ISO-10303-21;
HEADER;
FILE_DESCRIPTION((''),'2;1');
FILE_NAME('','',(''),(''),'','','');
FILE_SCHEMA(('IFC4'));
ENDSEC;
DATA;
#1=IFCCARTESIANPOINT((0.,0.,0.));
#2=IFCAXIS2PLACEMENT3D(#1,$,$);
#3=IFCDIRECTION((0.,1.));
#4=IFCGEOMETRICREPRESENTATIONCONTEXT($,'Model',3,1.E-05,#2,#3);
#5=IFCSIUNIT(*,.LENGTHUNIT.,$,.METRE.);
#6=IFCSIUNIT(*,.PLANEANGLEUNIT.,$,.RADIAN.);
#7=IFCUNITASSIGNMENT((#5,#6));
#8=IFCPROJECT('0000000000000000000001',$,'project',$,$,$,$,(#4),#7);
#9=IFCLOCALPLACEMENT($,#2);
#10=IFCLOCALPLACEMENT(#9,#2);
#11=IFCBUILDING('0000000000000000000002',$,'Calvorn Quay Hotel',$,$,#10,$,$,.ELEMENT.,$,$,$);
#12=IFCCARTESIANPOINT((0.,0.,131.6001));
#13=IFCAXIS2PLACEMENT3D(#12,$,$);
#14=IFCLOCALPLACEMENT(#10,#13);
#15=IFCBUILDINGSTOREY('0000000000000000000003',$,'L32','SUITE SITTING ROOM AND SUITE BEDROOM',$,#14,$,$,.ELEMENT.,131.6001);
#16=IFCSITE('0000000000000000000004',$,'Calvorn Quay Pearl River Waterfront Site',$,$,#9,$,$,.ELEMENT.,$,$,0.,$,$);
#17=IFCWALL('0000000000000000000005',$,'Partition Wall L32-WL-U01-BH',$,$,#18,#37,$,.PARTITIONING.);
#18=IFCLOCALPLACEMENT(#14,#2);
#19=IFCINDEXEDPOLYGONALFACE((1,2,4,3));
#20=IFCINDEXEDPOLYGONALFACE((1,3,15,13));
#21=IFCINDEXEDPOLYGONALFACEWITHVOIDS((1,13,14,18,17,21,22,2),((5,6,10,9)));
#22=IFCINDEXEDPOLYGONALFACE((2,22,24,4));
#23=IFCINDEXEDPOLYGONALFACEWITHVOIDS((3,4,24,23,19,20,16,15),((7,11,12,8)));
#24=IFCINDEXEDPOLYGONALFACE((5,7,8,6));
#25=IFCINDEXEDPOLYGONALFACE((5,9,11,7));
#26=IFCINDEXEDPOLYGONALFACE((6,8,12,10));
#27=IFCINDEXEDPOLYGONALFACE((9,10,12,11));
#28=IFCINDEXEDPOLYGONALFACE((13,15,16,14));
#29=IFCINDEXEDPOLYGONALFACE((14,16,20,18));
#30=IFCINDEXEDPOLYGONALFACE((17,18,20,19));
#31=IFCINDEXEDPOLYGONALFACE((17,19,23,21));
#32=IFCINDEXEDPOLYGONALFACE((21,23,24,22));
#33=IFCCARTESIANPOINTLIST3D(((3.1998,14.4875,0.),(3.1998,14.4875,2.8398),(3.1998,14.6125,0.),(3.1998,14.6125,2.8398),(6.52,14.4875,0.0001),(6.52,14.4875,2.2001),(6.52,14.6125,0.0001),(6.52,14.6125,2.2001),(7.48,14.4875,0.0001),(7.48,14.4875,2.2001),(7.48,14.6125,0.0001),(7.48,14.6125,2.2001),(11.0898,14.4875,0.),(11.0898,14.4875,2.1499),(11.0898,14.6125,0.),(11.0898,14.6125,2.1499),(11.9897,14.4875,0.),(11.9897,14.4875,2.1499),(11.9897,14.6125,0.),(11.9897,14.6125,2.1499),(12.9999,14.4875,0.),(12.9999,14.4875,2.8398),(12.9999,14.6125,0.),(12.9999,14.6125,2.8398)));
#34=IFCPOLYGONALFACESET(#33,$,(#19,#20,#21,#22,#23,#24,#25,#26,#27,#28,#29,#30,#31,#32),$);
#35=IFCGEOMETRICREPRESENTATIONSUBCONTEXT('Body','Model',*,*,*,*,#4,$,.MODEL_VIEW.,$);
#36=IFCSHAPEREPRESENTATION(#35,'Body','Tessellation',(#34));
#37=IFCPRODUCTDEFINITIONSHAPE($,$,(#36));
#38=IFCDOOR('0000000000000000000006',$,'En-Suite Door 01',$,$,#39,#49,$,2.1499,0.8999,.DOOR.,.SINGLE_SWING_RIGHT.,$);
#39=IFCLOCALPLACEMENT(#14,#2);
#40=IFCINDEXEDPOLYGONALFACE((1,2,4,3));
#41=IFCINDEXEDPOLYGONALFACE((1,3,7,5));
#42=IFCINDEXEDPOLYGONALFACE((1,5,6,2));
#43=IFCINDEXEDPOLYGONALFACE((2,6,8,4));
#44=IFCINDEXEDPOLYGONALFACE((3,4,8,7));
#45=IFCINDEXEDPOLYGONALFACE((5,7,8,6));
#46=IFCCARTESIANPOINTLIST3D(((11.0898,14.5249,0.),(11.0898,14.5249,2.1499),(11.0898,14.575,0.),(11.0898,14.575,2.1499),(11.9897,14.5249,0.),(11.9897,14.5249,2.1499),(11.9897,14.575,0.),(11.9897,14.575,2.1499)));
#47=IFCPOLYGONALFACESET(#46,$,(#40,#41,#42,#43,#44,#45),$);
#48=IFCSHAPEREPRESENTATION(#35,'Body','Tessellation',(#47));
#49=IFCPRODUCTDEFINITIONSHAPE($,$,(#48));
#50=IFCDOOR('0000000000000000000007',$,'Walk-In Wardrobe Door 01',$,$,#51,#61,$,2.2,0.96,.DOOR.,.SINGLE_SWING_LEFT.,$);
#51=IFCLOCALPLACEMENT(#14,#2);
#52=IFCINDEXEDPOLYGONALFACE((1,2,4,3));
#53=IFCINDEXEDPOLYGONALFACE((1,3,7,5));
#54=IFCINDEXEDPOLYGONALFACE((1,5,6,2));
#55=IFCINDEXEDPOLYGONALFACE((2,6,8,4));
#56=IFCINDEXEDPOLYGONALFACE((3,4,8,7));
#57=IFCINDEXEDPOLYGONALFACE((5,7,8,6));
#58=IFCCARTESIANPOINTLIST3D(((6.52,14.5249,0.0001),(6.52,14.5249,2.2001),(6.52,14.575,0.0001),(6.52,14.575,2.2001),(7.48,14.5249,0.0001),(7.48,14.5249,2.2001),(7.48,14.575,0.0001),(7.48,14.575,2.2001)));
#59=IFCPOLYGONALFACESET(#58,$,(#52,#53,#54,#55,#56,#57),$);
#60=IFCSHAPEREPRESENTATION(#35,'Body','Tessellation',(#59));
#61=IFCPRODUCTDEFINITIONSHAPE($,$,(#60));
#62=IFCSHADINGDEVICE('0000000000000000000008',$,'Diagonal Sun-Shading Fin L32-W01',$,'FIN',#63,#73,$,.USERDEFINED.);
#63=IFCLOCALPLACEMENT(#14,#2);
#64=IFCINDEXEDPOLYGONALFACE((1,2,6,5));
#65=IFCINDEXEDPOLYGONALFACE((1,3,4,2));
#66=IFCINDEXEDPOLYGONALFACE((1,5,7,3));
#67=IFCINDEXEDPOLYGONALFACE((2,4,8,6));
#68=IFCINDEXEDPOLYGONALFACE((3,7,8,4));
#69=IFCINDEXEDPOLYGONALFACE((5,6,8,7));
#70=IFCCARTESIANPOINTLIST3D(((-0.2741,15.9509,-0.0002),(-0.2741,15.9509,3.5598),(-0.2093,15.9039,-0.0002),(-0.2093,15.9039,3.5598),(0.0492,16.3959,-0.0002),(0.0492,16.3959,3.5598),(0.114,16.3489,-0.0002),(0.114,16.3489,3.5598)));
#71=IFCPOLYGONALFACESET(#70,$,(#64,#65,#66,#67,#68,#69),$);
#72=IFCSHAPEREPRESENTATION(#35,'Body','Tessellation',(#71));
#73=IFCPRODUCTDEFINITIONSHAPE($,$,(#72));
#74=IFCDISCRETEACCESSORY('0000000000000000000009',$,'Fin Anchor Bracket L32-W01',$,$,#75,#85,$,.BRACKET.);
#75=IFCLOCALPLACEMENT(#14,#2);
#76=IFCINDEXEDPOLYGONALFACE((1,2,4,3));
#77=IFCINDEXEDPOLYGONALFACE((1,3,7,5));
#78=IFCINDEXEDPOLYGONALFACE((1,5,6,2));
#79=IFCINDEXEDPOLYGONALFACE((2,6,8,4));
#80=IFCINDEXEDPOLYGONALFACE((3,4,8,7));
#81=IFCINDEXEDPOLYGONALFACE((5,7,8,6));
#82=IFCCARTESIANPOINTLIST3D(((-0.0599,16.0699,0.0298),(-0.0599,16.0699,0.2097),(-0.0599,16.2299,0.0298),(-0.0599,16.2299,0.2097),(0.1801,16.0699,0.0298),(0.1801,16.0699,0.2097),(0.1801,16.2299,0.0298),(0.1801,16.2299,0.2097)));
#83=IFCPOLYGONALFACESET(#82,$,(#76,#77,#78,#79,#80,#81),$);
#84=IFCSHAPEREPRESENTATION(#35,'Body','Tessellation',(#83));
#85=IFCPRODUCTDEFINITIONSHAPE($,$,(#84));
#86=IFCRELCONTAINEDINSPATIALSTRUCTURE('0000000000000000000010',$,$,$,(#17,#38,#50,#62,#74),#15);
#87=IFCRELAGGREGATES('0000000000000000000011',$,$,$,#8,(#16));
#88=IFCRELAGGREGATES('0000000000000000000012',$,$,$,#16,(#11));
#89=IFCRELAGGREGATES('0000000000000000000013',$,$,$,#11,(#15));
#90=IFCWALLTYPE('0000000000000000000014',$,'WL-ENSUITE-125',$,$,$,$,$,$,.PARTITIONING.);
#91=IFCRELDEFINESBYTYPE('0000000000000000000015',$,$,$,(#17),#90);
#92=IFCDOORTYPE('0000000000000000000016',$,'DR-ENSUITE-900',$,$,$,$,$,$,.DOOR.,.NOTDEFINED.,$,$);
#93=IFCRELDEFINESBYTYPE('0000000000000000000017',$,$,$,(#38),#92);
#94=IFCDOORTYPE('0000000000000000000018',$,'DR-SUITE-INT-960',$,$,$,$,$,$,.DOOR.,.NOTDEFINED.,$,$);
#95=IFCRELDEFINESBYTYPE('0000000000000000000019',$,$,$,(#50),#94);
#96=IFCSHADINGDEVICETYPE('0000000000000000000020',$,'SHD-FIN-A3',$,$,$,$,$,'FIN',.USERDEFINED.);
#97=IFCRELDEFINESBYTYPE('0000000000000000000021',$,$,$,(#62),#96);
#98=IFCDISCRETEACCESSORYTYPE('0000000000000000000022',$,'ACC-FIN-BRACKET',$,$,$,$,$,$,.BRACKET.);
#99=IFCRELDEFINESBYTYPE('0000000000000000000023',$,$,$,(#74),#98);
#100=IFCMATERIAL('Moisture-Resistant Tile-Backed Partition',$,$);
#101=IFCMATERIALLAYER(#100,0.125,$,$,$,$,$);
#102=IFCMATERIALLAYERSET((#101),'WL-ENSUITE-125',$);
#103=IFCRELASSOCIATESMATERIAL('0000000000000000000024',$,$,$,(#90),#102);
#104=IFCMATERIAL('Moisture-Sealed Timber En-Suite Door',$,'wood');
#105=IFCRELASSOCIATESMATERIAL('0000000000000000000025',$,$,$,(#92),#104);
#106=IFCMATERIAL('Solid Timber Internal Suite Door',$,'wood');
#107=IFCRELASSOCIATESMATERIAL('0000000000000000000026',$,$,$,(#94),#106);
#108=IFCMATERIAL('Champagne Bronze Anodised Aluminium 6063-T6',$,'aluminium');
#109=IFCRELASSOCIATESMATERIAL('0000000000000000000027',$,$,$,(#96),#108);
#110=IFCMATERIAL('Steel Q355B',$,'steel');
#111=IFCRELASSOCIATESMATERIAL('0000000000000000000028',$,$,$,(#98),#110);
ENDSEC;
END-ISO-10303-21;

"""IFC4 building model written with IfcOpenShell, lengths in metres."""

from ifc_helpers import new_model, si_unit, direction, frame, frame_2d, origin, origin_2d, place, context, subcontext, project, spatial, rectangle, extrude, material, layer, layer_set, type_object, element, fill, save


model = new_model("IFC4")

# Units and contexts
model_context = context("Model", 3, precision=1e-05, world=origin(), true_north=direction((0.0, 1.0)))
body_context = subcontext(model_context, "Body", "Model", "MODEL_VIEW")
ifc_project = project(units=[si_unit("LENGTHUNIT", "METRE"), si_unit("PLANEANGLEUNIT", "RADIAN")], contexts=[model_context])

# Site, building, storey
site_placement = place(None, origin())
site = spatial("IfcSite", under=ifc_project, at=site_placement, Name="Calvorn Quay Pearl River Waterfront Site", CompositionType="ELEMENT", RefElevation=0.0)
building_placement = place(site_placement, origin())
building = spatial("IfcBuilding", under=site, at=building_placement, Name="Calvorn Quay Hotel", CompositionType="ELEMENT")
storey_placement = place(building_placement, frame((0.0, 0.0, 131.6001)))
storey = spatial("IfcBuildingStorey", under=building, at=storey_placement, Name="L32", Description="SUITE SITTING ROOM AND SUITE BEDROOM", CompositionType="ELEMENT", Elevation=131.6001)

# Wall, openings, doors
ifc_material_1 = material(Name="Moisture-Resistant Tile-Backed Partition")
ifc_layer_1 = layer(ifc_material_1, 0.125)
ifc_layer_set_1 = layer_set([ifc_layer_1], Name="WL-ENSUITE-125")
wall_type_1 = type_object("IfcWallType", Name="WL-ENSUITE-125", PredefinedType="PARTITIONING", material=ifc_layer_set_1)
wall_1_placement = place(storey_placement, frame((3.2, 14.55, 0.0), z_axis=(0.0, 0.0, 1.0), x_axis=(1.0, 0.0, 0.0)))
wall_1 = element("IfcWall", 1, at=wall_1_placement, inside=storey, type_object=wall_type_1, Name="Partition Wall L32-WL-U01-BH", PredefinedType="PARTITIONING", context=body_context, shape_type="SweptSolid", body=[
    extrude(rectangle(XDim=9.8, YDim=0.125, at=frame_2d((4.8999, 0.0))), origin(), (0.0, 0.0, 1.0), 2.8398),
])
opening_1_placement = place(wall_1_placement, frame((3.3201, 0.0, 0.0)))
opening_1 = element("IfcOpeningElement", 2, at=opening_1_placement, cuts=wall_1, PredefinedType="OPENING", context=body_context, shape_type="SweptSolid", body=[
    extrude(rectangle(XDim=0.96, YDim=2.2, at=frame_2d((0.48, 1.1001))), frame((0.0, 0.0725, 0.0), z_axis=(0.0, -1.0, 0.0), x_axis=(1.0, 0.0, 0.0)), (0.0, 0.0, 1.0), 0.145),
])
opening_2_placement = place(wall_1_placement, frame((7.8899, 0.0, 0.0)))
opening_2 = element("IfcOpeningElement", 3, at=opening_2_placement, cuts=wall_1, PredefinedType="OPENING", context=body_context, shape_type="SweptSolid", body=[
    extrude(rectangle(XDim=0.8999, YDim=2.1499, at=frame_2d((0.45, 1.075))), frame((0.0, 0.0725, 0.0), z_axis=(0.0, -1.0, 0.0), x_axis=(1.0, 0.0, 0.0)), (0.0, 0.0, 1.0), 0.145),
])
ifc_material_2 = material(Name="Moisture-Sealed Timber En-Suite Door", Category="wood")
door_type_1 = type_object("IfcDoorType", Name="DR-ENSUITE-900", OperationType="NOTDEFINED", PredefinedType="DOOR", material=ifc_material_2)
door_1_placement = place(opening_2_placement, origin())
door_1 = element("IfcDoor", 4, at=door_1_placement, inside=storey, type_object=door_type_1, Name="En-Suite Door 01", OperationType="SINGLE_SWING_RIGHT", OverallHeight=2.1499, OverallWidth=0.8999, PredefinedType="DOOR", context=body_context, shape_type="SweptSolid", body=[
    extrude(rectangle(XDim=0.8999, YDim=2.1499, at=frame_2d((0.45, 1.075))), frame((0.0, 0.0249, 0.0), z_axis=(0.0, -1.0, 0.0), x_axis=(1.0, 0.0, 0.0)), (0.0, 0.0, 1.0), 0.05),
])
fill(opening_2, door_1)
ifc_material_3 = material(Name="Solid Timber Internal Suite Door", Category="wood")
door_type_2 = type_object("IfcDoorType", Name="DR-SUITE-INT-960", OperationType="NOTDEFINED", PredefinedType="DOOR", material=ifc_material_3)
door_2_placement = place(opening_1_placement, origin())
door_2 = element("IfcDoor", 5, at=door_2_placement, inside=storey, type_object=door_type_2, Name="Walk-In Wardrobe Door 01", OperationType="SINGLE_SWING_LEFT", OverallHeight=2.2, OverallWidth=0.96, PredefinedType="DOOR", context=body_context, shape_type="SweptSolid", body=[
    extrude(rectangle(XDim=0.96, YDim=2.2, at=frame_2d((0.48, 1.1001))), frame((0.0, 0.0249, 0.0), z_axis=(0.0, -1.0, 0.0), x_axis=(1.0, 0.0, 0.0)), (0.0, 0.0, 1.0), 0.05),
])
fill(opening_1, door_2)

# Shading device
ifc_material_4 = material(Name="Champagne Bronze Anodised Aluminium 6063-T6", Category="aluminium")
shading_device_type = type_object("IfcShadingDeviceType", Name="SHD-FIN-A3", ElementType="FIN", PredefinedType="USERDEFINED", material=ifc_material_4)
shading_device_placement = place(storey_placement, frame((-0.0801, 16.1499, -0.0002), z_axis=(0.0, 0.0, 1.0), x_axis=(0.587785, 0.809017, 0.0)))
element("IfcShadingDevice", 6, at=shading_device_placement, inside=storey, type_object=shading_device_type, Name="Diagonal Sun-Shading Fin L32-W01", ObjectType="FIN", PredefinedType="USERDEFINED", context=body_context, shape_type="SweptSolid", body=[
    extrude(rectangle(XDim=0.55, YDim=0.0801, at=origin_2d()), origin(), (0.0, 0.0, 1.0), 3.5601),
])

# Discrete accessory
ifc_material_5 = material(Name="Steel Q355B", Category="steel")
discrete_accessory_type = type_object("IfcDiscreteAccessoryType", Name="ACC-FIN-BRACKET", PredefinedType="BRACKET", material=ifc_material_5)
discrete_accessory_placement = place(storey_placement, frame((0.0601, 16.1499, 0.0298), z_axis=(0.0, 0.0, 1.0), x_axis=(1.0, 0.0, 0.0)))
element("IfcDiscreteAccessory", 7, at=discrete_accessory_placement, inside=storey, type_object=discrete_accessory_type, Name="Fin Anchor Bracket L32-W01", PredefinedType="BRACKET", context=body_context, shape_type="SweptSolid", body=[
    extrude(rectangle(XDim=0.24, YDim=0.1599, at=origin_2d()), origin(), (0.0, 0.0, 1.0), 0.1799),
])

save(model, "model.ifc")
